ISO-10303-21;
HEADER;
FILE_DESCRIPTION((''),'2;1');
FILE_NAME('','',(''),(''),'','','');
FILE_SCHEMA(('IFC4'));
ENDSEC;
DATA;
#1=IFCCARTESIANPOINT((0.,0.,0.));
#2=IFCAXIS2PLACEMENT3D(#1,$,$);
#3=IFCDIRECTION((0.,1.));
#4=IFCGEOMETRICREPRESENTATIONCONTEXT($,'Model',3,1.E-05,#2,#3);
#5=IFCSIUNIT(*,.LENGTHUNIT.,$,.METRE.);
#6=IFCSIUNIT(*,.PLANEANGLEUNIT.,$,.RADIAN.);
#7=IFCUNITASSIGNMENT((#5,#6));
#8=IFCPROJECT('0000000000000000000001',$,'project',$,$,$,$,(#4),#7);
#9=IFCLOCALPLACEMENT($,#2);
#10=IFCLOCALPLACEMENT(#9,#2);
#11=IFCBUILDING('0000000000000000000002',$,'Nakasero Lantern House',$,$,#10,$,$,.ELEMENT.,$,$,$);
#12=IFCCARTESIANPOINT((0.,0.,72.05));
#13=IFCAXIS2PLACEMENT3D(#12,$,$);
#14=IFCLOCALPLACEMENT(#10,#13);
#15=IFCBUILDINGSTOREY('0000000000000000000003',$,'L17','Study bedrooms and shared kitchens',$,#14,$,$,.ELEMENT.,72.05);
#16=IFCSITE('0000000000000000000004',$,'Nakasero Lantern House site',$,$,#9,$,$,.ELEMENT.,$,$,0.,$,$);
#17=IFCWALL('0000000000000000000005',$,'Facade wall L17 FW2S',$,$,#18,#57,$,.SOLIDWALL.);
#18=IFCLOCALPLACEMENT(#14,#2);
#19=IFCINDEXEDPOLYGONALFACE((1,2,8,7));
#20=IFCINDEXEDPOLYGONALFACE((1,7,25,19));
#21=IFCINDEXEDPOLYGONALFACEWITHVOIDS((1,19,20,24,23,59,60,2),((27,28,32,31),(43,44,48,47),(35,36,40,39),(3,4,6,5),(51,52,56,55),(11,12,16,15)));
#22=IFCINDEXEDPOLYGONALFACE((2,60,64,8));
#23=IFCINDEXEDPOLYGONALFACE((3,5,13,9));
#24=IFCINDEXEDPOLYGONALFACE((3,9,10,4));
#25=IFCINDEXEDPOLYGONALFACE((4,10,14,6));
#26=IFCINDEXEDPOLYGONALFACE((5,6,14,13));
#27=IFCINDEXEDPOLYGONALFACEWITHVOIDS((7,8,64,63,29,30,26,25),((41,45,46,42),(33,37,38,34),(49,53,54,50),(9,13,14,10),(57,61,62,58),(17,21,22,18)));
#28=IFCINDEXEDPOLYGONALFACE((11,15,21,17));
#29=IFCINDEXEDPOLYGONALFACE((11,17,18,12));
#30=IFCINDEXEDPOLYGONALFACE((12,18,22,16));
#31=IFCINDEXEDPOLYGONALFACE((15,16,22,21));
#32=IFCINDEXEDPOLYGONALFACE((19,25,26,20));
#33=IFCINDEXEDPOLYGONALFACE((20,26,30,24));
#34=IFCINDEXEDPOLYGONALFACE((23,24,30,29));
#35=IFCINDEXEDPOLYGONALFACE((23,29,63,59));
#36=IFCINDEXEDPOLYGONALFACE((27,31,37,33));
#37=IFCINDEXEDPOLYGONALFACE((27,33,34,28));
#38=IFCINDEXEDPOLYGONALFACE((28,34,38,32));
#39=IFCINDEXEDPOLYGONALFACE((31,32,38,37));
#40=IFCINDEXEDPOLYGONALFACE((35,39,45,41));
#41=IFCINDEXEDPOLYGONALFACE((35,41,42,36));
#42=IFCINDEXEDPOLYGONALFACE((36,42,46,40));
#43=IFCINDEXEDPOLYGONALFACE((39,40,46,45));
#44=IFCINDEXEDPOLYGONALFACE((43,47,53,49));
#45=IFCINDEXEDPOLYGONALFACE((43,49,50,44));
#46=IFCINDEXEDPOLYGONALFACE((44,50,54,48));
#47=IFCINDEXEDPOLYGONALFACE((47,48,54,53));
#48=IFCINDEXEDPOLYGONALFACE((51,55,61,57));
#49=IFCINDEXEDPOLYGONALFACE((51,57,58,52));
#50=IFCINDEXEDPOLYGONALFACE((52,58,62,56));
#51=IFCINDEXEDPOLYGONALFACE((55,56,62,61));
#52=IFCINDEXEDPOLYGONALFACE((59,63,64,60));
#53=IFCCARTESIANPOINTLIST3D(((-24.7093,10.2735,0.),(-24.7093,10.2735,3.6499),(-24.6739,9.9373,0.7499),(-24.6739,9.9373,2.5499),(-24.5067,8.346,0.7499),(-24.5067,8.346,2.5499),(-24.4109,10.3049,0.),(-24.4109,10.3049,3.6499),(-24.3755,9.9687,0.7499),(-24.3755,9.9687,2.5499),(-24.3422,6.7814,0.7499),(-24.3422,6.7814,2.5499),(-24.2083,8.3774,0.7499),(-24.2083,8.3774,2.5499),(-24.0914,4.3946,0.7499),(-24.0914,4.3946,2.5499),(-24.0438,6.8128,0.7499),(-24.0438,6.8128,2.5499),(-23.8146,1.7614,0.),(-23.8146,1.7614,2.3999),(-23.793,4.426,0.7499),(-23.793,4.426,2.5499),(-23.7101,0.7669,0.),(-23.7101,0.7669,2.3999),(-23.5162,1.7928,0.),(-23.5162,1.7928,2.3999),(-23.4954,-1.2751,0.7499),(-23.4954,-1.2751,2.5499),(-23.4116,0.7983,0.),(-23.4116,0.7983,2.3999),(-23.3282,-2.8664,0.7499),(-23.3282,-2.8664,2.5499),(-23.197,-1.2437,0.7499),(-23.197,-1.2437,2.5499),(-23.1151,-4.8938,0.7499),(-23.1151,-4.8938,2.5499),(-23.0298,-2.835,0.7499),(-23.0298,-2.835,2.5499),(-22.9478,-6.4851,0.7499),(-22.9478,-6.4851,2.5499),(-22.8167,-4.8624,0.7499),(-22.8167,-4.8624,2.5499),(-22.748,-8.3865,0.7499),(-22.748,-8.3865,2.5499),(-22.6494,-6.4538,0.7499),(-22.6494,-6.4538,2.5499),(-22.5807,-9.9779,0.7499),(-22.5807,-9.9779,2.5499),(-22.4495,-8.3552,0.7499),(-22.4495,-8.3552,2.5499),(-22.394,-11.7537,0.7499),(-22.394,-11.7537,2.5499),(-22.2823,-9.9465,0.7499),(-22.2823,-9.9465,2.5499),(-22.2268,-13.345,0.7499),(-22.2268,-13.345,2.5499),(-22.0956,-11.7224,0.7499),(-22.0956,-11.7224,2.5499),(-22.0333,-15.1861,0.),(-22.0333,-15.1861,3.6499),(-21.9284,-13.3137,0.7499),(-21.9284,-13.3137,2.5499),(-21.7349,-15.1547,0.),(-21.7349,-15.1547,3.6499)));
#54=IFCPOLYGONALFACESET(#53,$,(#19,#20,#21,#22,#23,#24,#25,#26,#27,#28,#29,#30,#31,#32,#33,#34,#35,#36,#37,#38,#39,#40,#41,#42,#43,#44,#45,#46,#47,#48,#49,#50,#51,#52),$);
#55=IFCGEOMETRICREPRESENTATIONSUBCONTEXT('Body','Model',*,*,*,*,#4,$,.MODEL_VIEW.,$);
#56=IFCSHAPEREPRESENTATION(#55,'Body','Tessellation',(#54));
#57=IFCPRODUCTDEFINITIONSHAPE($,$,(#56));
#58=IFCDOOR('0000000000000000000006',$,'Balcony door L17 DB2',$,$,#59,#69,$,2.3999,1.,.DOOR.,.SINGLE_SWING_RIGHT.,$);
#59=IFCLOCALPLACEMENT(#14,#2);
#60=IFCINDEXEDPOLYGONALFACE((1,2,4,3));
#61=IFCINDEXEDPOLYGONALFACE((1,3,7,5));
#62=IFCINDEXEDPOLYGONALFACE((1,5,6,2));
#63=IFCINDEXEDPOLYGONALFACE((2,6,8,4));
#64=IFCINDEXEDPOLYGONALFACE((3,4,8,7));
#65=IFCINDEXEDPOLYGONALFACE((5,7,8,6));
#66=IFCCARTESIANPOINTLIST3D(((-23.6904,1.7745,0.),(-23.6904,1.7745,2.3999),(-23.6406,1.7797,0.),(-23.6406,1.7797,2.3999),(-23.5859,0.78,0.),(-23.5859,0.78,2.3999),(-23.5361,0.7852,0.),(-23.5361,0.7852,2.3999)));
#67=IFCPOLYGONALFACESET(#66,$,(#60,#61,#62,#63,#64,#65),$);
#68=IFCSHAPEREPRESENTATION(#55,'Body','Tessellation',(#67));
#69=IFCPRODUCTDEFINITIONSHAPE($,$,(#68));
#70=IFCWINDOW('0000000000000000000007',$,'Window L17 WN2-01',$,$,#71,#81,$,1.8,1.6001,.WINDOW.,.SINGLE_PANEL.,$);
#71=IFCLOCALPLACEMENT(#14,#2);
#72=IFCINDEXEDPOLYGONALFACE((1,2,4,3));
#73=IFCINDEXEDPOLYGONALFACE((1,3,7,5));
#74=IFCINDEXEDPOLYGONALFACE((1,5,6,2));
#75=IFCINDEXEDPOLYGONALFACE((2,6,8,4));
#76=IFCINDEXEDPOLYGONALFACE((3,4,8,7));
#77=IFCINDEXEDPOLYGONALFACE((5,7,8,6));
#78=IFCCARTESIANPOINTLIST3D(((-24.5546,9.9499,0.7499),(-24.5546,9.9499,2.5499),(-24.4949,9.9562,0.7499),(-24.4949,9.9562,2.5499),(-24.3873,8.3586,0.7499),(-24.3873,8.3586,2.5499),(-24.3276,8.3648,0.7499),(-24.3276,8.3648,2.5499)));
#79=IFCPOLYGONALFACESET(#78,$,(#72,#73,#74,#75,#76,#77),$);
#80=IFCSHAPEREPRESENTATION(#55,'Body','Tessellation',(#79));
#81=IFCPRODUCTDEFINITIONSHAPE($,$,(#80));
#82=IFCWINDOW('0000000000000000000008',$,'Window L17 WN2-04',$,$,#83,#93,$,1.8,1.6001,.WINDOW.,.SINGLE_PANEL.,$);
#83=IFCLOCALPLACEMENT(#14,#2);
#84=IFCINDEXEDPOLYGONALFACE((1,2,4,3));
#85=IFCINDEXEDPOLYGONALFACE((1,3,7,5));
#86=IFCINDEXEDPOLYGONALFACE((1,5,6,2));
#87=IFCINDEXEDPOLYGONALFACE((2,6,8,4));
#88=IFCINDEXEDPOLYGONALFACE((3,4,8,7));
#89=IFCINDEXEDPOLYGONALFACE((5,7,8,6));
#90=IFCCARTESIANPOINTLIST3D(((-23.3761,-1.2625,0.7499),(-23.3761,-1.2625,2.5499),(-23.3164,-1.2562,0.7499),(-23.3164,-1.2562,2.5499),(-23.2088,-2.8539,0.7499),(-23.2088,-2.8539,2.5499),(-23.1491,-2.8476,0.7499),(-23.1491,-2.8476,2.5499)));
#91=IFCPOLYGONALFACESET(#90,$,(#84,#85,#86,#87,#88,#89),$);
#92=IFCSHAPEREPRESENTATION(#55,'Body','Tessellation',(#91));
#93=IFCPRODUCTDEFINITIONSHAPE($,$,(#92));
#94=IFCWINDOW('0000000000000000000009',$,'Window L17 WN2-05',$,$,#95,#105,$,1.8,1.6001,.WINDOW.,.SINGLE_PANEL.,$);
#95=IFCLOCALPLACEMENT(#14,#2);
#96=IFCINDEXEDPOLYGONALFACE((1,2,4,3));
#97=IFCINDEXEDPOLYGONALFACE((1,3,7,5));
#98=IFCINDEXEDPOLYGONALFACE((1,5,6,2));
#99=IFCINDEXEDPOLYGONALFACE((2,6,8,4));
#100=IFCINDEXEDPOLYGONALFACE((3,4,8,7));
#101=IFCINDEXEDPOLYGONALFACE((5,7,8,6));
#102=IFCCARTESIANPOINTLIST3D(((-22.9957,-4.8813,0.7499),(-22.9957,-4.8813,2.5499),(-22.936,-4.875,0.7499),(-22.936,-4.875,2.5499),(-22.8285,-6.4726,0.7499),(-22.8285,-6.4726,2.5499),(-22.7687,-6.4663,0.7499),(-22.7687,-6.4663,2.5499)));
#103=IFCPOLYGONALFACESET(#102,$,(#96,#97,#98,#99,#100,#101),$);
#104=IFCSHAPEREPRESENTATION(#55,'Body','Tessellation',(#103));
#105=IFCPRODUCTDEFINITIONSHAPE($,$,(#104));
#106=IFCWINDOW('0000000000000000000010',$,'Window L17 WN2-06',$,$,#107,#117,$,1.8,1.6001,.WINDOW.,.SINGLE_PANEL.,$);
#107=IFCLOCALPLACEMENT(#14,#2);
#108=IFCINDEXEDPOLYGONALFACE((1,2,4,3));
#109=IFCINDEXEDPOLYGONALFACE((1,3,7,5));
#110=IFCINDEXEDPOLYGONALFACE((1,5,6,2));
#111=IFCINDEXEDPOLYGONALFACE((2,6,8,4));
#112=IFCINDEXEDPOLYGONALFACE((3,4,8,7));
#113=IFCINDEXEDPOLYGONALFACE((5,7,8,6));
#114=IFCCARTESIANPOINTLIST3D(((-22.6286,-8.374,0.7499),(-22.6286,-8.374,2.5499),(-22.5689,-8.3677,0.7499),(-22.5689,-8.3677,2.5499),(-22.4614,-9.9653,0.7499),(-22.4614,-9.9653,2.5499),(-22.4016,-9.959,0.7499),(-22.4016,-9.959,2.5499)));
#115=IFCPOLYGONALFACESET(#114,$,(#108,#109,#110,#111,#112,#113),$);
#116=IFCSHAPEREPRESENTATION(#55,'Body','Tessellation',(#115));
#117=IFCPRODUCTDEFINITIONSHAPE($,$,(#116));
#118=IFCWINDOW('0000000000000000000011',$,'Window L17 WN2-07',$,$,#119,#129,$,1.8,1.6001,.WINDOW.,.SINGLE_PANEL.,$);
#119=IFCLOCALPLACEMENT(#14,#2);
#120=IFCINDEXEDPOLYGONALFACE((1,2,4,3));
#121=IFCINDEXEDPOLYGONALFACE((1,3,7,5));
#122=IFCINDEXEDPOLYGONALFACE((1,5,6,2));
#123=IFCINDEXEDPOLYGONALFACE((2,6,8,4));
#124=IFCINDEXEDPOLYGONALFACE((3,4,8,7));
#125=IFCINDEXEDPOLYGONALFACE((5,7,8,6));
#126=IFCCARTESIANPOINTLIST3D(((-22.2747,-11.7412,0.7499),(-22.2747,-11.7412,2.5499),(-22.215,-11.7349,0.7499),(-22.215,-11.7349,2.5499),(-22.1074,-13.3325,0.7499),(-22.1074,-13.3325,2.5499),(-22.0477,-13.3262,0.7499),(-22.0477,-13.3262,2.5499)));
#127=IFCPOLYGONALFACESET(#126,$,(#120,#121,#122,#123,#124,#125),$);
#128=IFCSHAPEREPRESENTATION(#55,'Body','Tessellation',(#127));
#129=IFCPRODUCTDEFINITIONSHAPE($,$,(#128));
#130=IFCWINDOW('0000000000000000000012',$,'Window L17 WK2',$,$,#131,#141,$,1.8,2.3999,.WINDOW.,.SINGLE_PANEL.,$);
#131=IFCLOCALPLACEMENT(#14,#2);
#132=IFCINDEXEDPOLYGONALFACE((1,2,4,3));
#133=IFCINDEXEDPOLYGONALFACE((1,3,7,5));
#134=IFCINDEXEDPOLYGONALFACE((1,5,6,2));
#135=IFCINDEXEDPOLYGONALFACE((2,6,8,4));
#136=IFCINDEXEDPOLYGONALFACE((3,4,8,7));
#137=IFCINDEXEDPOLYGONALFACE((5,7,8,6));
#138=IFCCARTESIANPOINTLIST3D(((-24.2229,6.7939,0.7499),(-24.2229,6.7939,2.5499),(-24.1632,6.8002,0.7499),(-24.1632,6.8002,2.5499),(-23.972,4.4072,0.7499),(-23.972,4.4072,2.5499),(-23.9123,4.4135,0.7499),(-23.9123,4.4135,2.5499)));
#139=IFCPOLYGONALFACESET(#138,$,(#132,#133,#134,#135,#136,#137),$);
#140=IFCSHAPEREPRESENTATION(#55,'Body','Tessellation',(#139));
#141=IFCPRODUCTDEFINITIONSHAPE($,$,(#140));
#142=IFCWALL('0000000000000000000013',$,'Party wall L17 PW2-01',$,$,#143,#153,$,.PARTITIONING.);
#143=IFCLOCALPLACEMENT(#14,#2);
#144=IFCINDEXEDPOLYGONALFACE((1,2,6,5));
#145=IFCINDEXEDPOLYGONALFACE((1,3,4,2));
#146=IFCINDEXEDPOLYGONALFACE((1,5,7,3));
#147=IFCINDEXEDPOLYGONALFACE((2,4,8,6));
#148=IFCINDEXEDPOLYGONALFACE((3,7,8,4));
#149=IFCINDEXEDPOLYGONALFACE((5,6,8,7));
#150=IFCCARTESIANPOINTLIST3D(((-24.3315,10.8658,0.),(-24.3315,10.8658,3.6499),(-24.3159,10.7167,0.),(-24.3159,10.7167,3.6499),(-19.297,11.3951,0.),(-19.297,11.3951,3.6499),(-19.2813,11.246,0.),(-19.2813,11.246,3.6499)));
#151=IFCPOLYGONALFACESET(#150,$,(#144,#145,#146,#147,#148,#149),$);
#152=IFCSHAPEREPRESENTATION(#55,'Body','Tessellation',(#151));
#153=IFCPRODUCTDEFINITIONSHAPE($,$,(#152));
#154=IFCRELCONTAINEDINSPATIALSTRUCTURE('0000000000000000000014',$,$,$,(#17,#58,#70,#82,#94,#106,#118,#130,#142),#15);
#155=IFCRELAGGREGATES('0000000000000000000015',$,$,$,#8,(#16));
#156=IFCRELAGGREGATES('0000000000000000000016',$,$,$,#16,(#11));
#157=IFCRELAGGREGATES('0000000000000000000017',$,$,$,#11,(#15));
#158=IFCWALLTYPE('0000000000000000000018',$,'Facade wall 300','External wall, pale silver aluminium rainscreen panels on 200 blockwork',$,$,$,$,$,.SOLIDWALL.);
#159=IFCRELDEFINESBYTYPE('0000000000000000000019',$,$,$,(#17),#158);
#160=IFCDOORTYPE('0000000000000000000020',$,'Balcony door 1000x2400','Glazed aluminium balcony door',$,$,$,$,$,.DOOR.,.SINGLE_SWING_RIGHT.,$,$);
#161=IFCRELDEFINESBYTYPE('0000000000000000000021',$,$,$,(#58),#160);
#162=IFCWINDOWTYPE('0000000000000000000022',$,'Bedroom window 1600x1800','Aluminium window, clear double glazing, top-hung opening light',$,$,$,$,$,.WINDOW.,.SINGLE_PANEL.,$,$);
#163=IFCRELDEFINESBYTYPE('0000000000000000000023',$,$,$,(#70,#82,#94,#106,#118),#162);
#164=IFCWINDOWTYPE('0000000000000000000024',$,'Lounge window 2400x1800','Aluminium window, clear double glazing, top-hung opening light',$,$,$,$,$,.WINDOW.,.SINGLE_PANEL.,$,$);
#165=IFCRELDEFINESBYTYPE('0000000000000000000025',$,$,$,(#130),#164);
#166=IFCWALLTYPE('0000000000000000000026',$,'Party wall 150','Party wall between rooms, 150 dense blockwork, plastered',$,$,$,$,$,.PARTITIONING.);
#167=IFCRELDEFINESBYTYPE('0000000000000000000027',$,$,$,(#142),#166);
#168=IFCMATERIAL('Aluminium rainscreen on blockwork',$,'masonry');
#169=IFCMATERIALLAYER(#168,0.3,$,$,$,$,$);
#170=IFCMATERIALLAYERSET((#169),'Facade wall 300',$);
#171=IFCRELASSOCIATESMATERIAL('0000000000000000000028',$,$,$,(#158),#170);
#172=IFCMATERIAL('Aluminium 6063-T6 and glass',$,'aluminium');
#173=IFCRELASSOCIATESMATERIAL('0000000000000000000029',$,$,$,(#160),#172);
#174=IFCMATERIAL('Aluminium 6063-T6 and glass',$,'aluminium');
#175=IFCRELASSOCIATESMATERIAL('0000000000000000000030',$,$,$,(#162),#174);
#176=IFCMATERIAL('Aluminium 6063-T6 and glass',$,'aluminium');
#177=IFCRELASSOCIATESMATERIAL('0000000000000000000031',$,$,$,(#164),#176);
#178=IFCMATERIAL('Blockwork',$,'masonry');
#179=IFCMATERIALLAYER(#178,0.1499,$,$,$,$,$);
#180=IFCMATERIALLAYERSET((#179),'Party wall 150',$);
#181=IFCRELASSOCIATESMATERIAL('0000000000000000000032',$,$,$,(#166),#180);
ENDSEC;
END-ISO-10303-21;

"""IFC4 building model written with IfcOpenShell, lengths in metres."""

from ifc_helpers import new_model, si_unit, direction, frame, frame_2d, origin, place, context, subcontext, project, spatial, rectangle, extrude, material, layer, layer_set, type_object, element, fill, save


model = new_model("IFC4")

# Units and contexts
model_context = context("Model", 3, precision=1e-05, world=origin(), true_north=direction((0.0, 1.0)))
body_context = subcontext(model_context, "Body", "Model", "MODEL_VIEW")
ifc_project = project(units=[si_unit("LENGTHUNIT", "METRE"), si_unit("PLANEANGLEUNIT", "RADIAN")], contexts=[model_context])

# Site, building, storey
site_placement = place(None, origin())
site = spatial("IfcSite", under=ifc_project, at=site_placement, Name="Nakasero Lantern House site", CompositionType="ELEMENT", RefElevation=0.0)
building_placement = place(site_placement, origin())
building = spatial("IfcBuilding", under=site, at=building_placement, Name="Nakasero Lantern House", CompositionType="ELEMENT")
storey_placement = place(building_placement, frame((0.0, 0.0, 72.05)))
storey = spatial("IfcBuildingStorey", under=building, at=storey_placement, Name="L17", Description="Study bedrooms and shared kitchens", CompositionType="ELEMENT", Elevation=72.05)

# Wall, openings, door, windows
ifc_material_1 = material(Name="Aluminium rainscreen on blockwork", Category="masonry")
ifc_layer_1 = layer(ifc_material_1, 0.3)
ifc_layer_set_1 = layer_set([ifc_layer_1], Name="Facade wall 300")
wall_type_1 = type_object("IfcWallType", Name="Facade wall 300", Description="External wall, pale silver aluminium rainscreen panels on 200 blockwork", PredefinedType="SOLIDWALL", material=ifc_layer_set_1)
wall_1_placement = place(storey_placement, frame((-24.5601, 10.2891, 0.0), z_axis=(0.0, 0.0, 1.0), x_axis=(0.104532, -0.994521, 0.0)))
wall_1 = element("IfcWall", 1, at=wall_1_placement, inside=storey, type_object=wall_type_1, Name="Facade wall L17 FW2S", PredefinedType="SOLIDWALL", context=body_context, shape_type="SweptSolid", body=[
    extrude(rectangle(XDim=25.5999, YDim=0.3, at=frame_2d((12.7998, 0.0))), origin(), (0.0, 0.0, 1.0), 3.6499),
])
opening_1_placement = place(wall_1_placement, frame((0.3379, 0.0, 0.75)))
opening_1 = element("IfcOpeningElement", 2, at=opening_1_placement, cuts=wall_1, PredefinedType="OPENING", context=body_context, shape_type="SweptSolid", body=[
    extrude(rectangle(XDim=1.6001, YDim=1.8, at=frame_2d((0.8, 0.8999))), frame((0.0, 0.1699, 0.0), z_axis=(0.0, -1.0, 0.0), x_axis=(1.0, 0.0, 0.0)), (0.0, 0.0, 1.0), 0.3401),
])
opening_2_placement = place(wall_1_placement, frame((11.6121, 0.0, 0.75)))
opening_2 = element("IfcOpeningElement", 3, at=opening_2_placement, cuts=wall_1, PredefinedType="OPENING", context=body_context, shape_type="SweptSolid", body=[
    extrude(rectangle(XDim=1.6001, YDim=1.8, at=frame_2d((0.8, 0.8999))), frame((0.0, 0.1699, 0.0), z_axis=(0.0, -1.0, 0.0), x_axis=(1.0, 0.0, 0.0)), (0.0, 0.0, 1.0), 0.3401),
])
opening_3_placement = place(wall_1_placement, frame((15.2507, 0.0, 0.75)))
opening_3 = element("IfcOpeningElement", 4, at=opening_3_placement, cuts=wall_1, PredefinedType="OPENING", context=body_context, shape_type="SweptSolid", body=[
    extrude(rectangle(XDim=1.6001, YDim=1.8, at=frame_2d((0.8, 0.8999))), frame((0.0, 0.1699, 0.0), z_axis=(0.0, -1.0, 0.0), x_axis=(1.0, 0.0, 0.0)), (0.0, 0.0, 1.0), 0.3401),
])
opening_4_placement = place(wall_1_placement, frame((18.7627, 0.0, 0.75)))
opening_4 = element("IfcOpeningElement", 5, at=opening_4_placement, cuts=wall_1, PredefinedType="OPENING", context=body_context, shape_type="SweptSolid", body=[
    extrude(rectangle(XDim=1.6001, YDim=1.8, at=frame_2d((0.8, 0.8999))), frame((0.0, 0.1699, 0.0), z_axis=(0.0, -1.0, 0.0), x_axis=(1.0, 0.0, 0.0)), (0.0, 0.0, 1.0), 0.3401),
])
opening_5_placement = place(wall_1_placement, frame((22.1484, 0.0, 0.75)))
opening_5 = element("IfcOpeningElement", 6, at=opening_5_placement, cuts=wall_1, PredefinedType="OPENING", context=body_context, shape_type="SweptSolid", body=[
    extrude(rectangle(XDim=1.6001, YDim=1.8, at=frame_2d((0.8, 0.8999))), frame((0.0, 0.1699, 0.0), z_axis=(0.0, -1.0, 0.0), x_axis=(1.0, 0.0, 0.0)), (0.0, 0.0, 1.0), 0.3401),
])
opening_6_placement = place(wall_1_placement, frame((3.5112, 0.0, 0.75)))
opening_6 = element("IfcOpeningElement", 7, at=opening_6_placement, cuts=wall_1, PredefinedType="OPENING", context=body_context, shape_type="SweptSolid", body=[
    extrude(rectangle(XDim=2.3999, YDim=1.8, at=frame_2d((1.2, 0.8999))), frame((0.0, 0.1699, 0.0), z_axis=(0.0, -1.0, 0.0), x_axis=(1.0, 0.0, 0.0)), (0.0, 0.0, 1.0), 0.3401),
])
opening_7_placement = place(wall_1_placement, frame((8.5588, 0.0, 0.0)))
opening_7 = element("IfcOpeningElement", 8, at=opening_7_placement, cuts=wall_1, PredefinedType="OPENING", context=body_context, shape_type="SweptSolid", body=[
    extrude(rectangle(XDim=1.0, YDim=2.3999, at=frame_2d((0.5, 1.2))), frame((0.0, 0.1699, 0.0), z_axis=(0.0, -1.0, 0.0), x_axis=(1.0, 0.0, 0.0)), (0.0, 0.0, 1.0), 0.3401),
])
ifc_material_2 = material(Name="Aluminium 6063-T6 and glass", Category="aluminium")
door_type_1 = type_object("IfcDoorType", Name="Balcony door 1000x2400", Description="Glazed aluminium balcony door", OperationType="SINGLE_SWING_RIGHT", PredefinedType="DOOR", material=ifc_material_2)
door_1_placement = place(opening_7_placement, origin())
door_1 = element("IfcDoor", 9, at=door_1_placement, inside=storey, type_object=door_type_1, Name="Balcony door L17 DB2", OperationType="SINGLE_SWING_RIGHT", OverallHeight=2.3999, OverallWidth=1.0, PredefinedType="DOOR", context=body_context, shape_type="SweptSolid", body=[
    extrude(rectangle(XDim=1.0, YDim=2.3999, at=frame_2d((0.5, 1.2))), frame((0.0, 0.0249, 0.0), z_axis=(0.0, -1.0, 0.0), x_axis=(1.0, 0.0, 0.0)), (0.0, 0.0, 1.0), 0.05),
])
fill(opening_7, door_1)
ifc_material_3 = material(Name="Aluminium 6063-T6 and glass", Category="aluminium")
window_type_1 = type_object("IfcWindowType", Name="Bedroom window 1600x1800", Description="Aluminium window, clear double glazing, top-hung opening light", PartitioningType="SINGLE_PANEL", PredefinedType="WINDOW", material=ifc_material_3)
window_1_placement = place(opening_1_placement, origin())
window_1 = element("IfcWindow", 10, at=window_1_placement, inside=storey, type_object=window_type_1, Name="Window L17 WN2-01", OverallHeight=1.8, OverallWidth=1.6001, PartitioningType="SINGLE_PANEL", PredefinedType="WINDOW", context=body_context, shape_type="SweptSolid", body=[
    extrude(rectangle(XDim=1.6001, YDim=1.8, at=frame_2d((0.8, 0.8999))), frame((0.0, 0.03, 0.0), z_axis=(0.0, -1.0, 0.0), x_axis=(1.0, 0.0, 0.0)), (0.0, 0.0, 1.0), 0.0601),
])
fill(opening_1, window_1)
window_2_placement = place(opening_2_placement, origin())
window_2 = element("IfcWindow", 11, at=window_2_placement, inside=storey, type_object=window_type_1, Name="Window L17 WN2-04", OverallHeight=1.8, OverallWidth=1.6001, PartitioningType="SINGLE_PANEL", PredefinedType="WINDOW", context=body_context, shape_type="SweptSolid", body=[
    extrude(rectangle(XDim=1.6001, YDim=1.8, at=frame_2d((0.8, 0.8999))), frame((0.0, 0.03, 0.0), z_axis=(0.0, -1.0, 0.0), x_axis=(1.0, 0.0, 0.0)), (0.0, 0.0, 1.0), 0.0601),
])
fill(opening_2, window_2)
window_3_placement = place(opening_3_placement, origin())
window_3 = element("IfcWindow", 12, at=window_3_placement, inside=storey, type_object=window_type_1, Name="Window L17 WN2-05", OverallHeight=1.8, OverallWidth=1.6001, PartitioningType="SINGLE_PANEL", PredefinedType="WINDOW", context=body_context, shape_type="SweptSolid", body=[
    extrude(rectangle(XDim=1.6001, YDim=1.8, at=frame_2d((0.8, 0.8999))), frame((0.0, 0.03, 0.0), z_axis=(0.0, -1.0, 0.0), x_axis=(1.0, 0.0, 0.0)), (0.0, 0.0, 1.0), 0.0601),
])
fill(opening_3, window_3)
window_4_placement = place(opening_4_placement, origin())
window_4 = element("IfcWindow", 13, at=window_4_placement, inside=storey, type_object=window_type_1, Name="Window L17 WN2-06", OverallHeight=1.8, OverallWidth=1.6001, PartitioningType="SINGLE_PANEL", PredefinedType="WINDOW", context=body_context, shape_type="SweptSolid", body=[
    extrude(rectangle(XDim=1.6001, YDim=1.8, at=frame_2d((0.8, 0.8999))), frame((0.0, 0.03, 0.0), z_axis=(0.0, -1.0, 0.0), x_axis=(1.0, 0.0, 0.0)), (0.0, 0.0, 1.0), 0.0601),
])
fill(opening_4, window_4)
window_5_placement = place(opening_5_placement, origin())
window_5 = element("IfcWindow", 14, at=window_5_placement, inside=storey, type_object=window_type_1, Name="Window L17 WN2-07", OverallHeight=1.8, OverallWidth=1.6001, PartitioningType="SINGLE_PANEL", PredefinedType="WINDOW", context=body_context, shape_type="SweptSolid", body=[
    extrude(rectangle(XDim=1.6001, YDim=1.8, at=frame_2d((0.8, 0.8999))), frame((0.0, 0.03, 0.0), z_axis=(0.0, -1.0, 0.0), x_axis=(1.0, 0.0, 0.0)), (0.0, 0.0, 1.0), 0.0601),
])
fill(opening_5, window_5)
ifc_material_4 = material(Name="Aluminium 6063-T6 and glass", Category="aluminium")
window_type_2 = type_object("IfcWindowType", Name="Lounge window 2400x1800", Description="Aluminium window, clear double glazing, top-hung opening light", PartitioningType="SINGLE_PANEL", PredefinedType="WINDOW", material=ifc_material_4)
window_6_placement = place(opening_6_placement, origin())
window_6 = element("IfcWindow", 15, at=window_6_placement, inside=storey, type_object=window_type_2, Name="Window L17 WK2", OverallHeight=1.8, OverallWidth=2.3999, PartitioningType="SINGLE_PANEL", PredefinedType="WINDOW", context=body_context, shape_type="SweptSolid", body=[
    extrude(rectangle(XDim=2.3999, YDim=1.8, at=frame_2d((1.2, 0.8999))), frame((0.0, 0.03, 0.0), z_axis=(0.0, -1.0, 0.0), x_axis=(1.0, 0.0, 0.0)), (0.0, 0.0, 1.0), 0.0601),
])
fill(opening_6, window_6)

# Wall
ifc_material_5 = material(Name="Blockwork", Category="masonry")
ifc_layer_2 = layer(ifc_material_5, 0.1499)
ifc_layer_set_2 = layer_set([ifc_layer_2], Name="Party wall 150")
wall_type_2 = type_object("IfcWallType", Name="Party wall 150", Description="Party wall between rooms, 150 dense blockwork, plastered", PredefinedType="PARTITIONING", material=ifc_layer_set_2)
wall_2_placement = place(storey_placement, frame((-19.2891, 11.3206, 0.0), z_axis=(0.0, 0.0, 1.0), x_axis=(-0.994519, -0.104559, 0.0)))
element("IfcWall", 16, at=wall_2_placement, inside=storey, type_object=wall_type_2, Name="Party wall L17 PW2-01", PredefinedType="PARTITIONING", context=body_context, shape_type="SweptSolid", body=[
    extrude(rectangle(XDim=5.0623, YDim=0.1499, at=frame_2d((2.5312, 0.0))), origin(), (0.0, 0.0, 1.0), 3.6499),
])

save(model, "model.ifc")
